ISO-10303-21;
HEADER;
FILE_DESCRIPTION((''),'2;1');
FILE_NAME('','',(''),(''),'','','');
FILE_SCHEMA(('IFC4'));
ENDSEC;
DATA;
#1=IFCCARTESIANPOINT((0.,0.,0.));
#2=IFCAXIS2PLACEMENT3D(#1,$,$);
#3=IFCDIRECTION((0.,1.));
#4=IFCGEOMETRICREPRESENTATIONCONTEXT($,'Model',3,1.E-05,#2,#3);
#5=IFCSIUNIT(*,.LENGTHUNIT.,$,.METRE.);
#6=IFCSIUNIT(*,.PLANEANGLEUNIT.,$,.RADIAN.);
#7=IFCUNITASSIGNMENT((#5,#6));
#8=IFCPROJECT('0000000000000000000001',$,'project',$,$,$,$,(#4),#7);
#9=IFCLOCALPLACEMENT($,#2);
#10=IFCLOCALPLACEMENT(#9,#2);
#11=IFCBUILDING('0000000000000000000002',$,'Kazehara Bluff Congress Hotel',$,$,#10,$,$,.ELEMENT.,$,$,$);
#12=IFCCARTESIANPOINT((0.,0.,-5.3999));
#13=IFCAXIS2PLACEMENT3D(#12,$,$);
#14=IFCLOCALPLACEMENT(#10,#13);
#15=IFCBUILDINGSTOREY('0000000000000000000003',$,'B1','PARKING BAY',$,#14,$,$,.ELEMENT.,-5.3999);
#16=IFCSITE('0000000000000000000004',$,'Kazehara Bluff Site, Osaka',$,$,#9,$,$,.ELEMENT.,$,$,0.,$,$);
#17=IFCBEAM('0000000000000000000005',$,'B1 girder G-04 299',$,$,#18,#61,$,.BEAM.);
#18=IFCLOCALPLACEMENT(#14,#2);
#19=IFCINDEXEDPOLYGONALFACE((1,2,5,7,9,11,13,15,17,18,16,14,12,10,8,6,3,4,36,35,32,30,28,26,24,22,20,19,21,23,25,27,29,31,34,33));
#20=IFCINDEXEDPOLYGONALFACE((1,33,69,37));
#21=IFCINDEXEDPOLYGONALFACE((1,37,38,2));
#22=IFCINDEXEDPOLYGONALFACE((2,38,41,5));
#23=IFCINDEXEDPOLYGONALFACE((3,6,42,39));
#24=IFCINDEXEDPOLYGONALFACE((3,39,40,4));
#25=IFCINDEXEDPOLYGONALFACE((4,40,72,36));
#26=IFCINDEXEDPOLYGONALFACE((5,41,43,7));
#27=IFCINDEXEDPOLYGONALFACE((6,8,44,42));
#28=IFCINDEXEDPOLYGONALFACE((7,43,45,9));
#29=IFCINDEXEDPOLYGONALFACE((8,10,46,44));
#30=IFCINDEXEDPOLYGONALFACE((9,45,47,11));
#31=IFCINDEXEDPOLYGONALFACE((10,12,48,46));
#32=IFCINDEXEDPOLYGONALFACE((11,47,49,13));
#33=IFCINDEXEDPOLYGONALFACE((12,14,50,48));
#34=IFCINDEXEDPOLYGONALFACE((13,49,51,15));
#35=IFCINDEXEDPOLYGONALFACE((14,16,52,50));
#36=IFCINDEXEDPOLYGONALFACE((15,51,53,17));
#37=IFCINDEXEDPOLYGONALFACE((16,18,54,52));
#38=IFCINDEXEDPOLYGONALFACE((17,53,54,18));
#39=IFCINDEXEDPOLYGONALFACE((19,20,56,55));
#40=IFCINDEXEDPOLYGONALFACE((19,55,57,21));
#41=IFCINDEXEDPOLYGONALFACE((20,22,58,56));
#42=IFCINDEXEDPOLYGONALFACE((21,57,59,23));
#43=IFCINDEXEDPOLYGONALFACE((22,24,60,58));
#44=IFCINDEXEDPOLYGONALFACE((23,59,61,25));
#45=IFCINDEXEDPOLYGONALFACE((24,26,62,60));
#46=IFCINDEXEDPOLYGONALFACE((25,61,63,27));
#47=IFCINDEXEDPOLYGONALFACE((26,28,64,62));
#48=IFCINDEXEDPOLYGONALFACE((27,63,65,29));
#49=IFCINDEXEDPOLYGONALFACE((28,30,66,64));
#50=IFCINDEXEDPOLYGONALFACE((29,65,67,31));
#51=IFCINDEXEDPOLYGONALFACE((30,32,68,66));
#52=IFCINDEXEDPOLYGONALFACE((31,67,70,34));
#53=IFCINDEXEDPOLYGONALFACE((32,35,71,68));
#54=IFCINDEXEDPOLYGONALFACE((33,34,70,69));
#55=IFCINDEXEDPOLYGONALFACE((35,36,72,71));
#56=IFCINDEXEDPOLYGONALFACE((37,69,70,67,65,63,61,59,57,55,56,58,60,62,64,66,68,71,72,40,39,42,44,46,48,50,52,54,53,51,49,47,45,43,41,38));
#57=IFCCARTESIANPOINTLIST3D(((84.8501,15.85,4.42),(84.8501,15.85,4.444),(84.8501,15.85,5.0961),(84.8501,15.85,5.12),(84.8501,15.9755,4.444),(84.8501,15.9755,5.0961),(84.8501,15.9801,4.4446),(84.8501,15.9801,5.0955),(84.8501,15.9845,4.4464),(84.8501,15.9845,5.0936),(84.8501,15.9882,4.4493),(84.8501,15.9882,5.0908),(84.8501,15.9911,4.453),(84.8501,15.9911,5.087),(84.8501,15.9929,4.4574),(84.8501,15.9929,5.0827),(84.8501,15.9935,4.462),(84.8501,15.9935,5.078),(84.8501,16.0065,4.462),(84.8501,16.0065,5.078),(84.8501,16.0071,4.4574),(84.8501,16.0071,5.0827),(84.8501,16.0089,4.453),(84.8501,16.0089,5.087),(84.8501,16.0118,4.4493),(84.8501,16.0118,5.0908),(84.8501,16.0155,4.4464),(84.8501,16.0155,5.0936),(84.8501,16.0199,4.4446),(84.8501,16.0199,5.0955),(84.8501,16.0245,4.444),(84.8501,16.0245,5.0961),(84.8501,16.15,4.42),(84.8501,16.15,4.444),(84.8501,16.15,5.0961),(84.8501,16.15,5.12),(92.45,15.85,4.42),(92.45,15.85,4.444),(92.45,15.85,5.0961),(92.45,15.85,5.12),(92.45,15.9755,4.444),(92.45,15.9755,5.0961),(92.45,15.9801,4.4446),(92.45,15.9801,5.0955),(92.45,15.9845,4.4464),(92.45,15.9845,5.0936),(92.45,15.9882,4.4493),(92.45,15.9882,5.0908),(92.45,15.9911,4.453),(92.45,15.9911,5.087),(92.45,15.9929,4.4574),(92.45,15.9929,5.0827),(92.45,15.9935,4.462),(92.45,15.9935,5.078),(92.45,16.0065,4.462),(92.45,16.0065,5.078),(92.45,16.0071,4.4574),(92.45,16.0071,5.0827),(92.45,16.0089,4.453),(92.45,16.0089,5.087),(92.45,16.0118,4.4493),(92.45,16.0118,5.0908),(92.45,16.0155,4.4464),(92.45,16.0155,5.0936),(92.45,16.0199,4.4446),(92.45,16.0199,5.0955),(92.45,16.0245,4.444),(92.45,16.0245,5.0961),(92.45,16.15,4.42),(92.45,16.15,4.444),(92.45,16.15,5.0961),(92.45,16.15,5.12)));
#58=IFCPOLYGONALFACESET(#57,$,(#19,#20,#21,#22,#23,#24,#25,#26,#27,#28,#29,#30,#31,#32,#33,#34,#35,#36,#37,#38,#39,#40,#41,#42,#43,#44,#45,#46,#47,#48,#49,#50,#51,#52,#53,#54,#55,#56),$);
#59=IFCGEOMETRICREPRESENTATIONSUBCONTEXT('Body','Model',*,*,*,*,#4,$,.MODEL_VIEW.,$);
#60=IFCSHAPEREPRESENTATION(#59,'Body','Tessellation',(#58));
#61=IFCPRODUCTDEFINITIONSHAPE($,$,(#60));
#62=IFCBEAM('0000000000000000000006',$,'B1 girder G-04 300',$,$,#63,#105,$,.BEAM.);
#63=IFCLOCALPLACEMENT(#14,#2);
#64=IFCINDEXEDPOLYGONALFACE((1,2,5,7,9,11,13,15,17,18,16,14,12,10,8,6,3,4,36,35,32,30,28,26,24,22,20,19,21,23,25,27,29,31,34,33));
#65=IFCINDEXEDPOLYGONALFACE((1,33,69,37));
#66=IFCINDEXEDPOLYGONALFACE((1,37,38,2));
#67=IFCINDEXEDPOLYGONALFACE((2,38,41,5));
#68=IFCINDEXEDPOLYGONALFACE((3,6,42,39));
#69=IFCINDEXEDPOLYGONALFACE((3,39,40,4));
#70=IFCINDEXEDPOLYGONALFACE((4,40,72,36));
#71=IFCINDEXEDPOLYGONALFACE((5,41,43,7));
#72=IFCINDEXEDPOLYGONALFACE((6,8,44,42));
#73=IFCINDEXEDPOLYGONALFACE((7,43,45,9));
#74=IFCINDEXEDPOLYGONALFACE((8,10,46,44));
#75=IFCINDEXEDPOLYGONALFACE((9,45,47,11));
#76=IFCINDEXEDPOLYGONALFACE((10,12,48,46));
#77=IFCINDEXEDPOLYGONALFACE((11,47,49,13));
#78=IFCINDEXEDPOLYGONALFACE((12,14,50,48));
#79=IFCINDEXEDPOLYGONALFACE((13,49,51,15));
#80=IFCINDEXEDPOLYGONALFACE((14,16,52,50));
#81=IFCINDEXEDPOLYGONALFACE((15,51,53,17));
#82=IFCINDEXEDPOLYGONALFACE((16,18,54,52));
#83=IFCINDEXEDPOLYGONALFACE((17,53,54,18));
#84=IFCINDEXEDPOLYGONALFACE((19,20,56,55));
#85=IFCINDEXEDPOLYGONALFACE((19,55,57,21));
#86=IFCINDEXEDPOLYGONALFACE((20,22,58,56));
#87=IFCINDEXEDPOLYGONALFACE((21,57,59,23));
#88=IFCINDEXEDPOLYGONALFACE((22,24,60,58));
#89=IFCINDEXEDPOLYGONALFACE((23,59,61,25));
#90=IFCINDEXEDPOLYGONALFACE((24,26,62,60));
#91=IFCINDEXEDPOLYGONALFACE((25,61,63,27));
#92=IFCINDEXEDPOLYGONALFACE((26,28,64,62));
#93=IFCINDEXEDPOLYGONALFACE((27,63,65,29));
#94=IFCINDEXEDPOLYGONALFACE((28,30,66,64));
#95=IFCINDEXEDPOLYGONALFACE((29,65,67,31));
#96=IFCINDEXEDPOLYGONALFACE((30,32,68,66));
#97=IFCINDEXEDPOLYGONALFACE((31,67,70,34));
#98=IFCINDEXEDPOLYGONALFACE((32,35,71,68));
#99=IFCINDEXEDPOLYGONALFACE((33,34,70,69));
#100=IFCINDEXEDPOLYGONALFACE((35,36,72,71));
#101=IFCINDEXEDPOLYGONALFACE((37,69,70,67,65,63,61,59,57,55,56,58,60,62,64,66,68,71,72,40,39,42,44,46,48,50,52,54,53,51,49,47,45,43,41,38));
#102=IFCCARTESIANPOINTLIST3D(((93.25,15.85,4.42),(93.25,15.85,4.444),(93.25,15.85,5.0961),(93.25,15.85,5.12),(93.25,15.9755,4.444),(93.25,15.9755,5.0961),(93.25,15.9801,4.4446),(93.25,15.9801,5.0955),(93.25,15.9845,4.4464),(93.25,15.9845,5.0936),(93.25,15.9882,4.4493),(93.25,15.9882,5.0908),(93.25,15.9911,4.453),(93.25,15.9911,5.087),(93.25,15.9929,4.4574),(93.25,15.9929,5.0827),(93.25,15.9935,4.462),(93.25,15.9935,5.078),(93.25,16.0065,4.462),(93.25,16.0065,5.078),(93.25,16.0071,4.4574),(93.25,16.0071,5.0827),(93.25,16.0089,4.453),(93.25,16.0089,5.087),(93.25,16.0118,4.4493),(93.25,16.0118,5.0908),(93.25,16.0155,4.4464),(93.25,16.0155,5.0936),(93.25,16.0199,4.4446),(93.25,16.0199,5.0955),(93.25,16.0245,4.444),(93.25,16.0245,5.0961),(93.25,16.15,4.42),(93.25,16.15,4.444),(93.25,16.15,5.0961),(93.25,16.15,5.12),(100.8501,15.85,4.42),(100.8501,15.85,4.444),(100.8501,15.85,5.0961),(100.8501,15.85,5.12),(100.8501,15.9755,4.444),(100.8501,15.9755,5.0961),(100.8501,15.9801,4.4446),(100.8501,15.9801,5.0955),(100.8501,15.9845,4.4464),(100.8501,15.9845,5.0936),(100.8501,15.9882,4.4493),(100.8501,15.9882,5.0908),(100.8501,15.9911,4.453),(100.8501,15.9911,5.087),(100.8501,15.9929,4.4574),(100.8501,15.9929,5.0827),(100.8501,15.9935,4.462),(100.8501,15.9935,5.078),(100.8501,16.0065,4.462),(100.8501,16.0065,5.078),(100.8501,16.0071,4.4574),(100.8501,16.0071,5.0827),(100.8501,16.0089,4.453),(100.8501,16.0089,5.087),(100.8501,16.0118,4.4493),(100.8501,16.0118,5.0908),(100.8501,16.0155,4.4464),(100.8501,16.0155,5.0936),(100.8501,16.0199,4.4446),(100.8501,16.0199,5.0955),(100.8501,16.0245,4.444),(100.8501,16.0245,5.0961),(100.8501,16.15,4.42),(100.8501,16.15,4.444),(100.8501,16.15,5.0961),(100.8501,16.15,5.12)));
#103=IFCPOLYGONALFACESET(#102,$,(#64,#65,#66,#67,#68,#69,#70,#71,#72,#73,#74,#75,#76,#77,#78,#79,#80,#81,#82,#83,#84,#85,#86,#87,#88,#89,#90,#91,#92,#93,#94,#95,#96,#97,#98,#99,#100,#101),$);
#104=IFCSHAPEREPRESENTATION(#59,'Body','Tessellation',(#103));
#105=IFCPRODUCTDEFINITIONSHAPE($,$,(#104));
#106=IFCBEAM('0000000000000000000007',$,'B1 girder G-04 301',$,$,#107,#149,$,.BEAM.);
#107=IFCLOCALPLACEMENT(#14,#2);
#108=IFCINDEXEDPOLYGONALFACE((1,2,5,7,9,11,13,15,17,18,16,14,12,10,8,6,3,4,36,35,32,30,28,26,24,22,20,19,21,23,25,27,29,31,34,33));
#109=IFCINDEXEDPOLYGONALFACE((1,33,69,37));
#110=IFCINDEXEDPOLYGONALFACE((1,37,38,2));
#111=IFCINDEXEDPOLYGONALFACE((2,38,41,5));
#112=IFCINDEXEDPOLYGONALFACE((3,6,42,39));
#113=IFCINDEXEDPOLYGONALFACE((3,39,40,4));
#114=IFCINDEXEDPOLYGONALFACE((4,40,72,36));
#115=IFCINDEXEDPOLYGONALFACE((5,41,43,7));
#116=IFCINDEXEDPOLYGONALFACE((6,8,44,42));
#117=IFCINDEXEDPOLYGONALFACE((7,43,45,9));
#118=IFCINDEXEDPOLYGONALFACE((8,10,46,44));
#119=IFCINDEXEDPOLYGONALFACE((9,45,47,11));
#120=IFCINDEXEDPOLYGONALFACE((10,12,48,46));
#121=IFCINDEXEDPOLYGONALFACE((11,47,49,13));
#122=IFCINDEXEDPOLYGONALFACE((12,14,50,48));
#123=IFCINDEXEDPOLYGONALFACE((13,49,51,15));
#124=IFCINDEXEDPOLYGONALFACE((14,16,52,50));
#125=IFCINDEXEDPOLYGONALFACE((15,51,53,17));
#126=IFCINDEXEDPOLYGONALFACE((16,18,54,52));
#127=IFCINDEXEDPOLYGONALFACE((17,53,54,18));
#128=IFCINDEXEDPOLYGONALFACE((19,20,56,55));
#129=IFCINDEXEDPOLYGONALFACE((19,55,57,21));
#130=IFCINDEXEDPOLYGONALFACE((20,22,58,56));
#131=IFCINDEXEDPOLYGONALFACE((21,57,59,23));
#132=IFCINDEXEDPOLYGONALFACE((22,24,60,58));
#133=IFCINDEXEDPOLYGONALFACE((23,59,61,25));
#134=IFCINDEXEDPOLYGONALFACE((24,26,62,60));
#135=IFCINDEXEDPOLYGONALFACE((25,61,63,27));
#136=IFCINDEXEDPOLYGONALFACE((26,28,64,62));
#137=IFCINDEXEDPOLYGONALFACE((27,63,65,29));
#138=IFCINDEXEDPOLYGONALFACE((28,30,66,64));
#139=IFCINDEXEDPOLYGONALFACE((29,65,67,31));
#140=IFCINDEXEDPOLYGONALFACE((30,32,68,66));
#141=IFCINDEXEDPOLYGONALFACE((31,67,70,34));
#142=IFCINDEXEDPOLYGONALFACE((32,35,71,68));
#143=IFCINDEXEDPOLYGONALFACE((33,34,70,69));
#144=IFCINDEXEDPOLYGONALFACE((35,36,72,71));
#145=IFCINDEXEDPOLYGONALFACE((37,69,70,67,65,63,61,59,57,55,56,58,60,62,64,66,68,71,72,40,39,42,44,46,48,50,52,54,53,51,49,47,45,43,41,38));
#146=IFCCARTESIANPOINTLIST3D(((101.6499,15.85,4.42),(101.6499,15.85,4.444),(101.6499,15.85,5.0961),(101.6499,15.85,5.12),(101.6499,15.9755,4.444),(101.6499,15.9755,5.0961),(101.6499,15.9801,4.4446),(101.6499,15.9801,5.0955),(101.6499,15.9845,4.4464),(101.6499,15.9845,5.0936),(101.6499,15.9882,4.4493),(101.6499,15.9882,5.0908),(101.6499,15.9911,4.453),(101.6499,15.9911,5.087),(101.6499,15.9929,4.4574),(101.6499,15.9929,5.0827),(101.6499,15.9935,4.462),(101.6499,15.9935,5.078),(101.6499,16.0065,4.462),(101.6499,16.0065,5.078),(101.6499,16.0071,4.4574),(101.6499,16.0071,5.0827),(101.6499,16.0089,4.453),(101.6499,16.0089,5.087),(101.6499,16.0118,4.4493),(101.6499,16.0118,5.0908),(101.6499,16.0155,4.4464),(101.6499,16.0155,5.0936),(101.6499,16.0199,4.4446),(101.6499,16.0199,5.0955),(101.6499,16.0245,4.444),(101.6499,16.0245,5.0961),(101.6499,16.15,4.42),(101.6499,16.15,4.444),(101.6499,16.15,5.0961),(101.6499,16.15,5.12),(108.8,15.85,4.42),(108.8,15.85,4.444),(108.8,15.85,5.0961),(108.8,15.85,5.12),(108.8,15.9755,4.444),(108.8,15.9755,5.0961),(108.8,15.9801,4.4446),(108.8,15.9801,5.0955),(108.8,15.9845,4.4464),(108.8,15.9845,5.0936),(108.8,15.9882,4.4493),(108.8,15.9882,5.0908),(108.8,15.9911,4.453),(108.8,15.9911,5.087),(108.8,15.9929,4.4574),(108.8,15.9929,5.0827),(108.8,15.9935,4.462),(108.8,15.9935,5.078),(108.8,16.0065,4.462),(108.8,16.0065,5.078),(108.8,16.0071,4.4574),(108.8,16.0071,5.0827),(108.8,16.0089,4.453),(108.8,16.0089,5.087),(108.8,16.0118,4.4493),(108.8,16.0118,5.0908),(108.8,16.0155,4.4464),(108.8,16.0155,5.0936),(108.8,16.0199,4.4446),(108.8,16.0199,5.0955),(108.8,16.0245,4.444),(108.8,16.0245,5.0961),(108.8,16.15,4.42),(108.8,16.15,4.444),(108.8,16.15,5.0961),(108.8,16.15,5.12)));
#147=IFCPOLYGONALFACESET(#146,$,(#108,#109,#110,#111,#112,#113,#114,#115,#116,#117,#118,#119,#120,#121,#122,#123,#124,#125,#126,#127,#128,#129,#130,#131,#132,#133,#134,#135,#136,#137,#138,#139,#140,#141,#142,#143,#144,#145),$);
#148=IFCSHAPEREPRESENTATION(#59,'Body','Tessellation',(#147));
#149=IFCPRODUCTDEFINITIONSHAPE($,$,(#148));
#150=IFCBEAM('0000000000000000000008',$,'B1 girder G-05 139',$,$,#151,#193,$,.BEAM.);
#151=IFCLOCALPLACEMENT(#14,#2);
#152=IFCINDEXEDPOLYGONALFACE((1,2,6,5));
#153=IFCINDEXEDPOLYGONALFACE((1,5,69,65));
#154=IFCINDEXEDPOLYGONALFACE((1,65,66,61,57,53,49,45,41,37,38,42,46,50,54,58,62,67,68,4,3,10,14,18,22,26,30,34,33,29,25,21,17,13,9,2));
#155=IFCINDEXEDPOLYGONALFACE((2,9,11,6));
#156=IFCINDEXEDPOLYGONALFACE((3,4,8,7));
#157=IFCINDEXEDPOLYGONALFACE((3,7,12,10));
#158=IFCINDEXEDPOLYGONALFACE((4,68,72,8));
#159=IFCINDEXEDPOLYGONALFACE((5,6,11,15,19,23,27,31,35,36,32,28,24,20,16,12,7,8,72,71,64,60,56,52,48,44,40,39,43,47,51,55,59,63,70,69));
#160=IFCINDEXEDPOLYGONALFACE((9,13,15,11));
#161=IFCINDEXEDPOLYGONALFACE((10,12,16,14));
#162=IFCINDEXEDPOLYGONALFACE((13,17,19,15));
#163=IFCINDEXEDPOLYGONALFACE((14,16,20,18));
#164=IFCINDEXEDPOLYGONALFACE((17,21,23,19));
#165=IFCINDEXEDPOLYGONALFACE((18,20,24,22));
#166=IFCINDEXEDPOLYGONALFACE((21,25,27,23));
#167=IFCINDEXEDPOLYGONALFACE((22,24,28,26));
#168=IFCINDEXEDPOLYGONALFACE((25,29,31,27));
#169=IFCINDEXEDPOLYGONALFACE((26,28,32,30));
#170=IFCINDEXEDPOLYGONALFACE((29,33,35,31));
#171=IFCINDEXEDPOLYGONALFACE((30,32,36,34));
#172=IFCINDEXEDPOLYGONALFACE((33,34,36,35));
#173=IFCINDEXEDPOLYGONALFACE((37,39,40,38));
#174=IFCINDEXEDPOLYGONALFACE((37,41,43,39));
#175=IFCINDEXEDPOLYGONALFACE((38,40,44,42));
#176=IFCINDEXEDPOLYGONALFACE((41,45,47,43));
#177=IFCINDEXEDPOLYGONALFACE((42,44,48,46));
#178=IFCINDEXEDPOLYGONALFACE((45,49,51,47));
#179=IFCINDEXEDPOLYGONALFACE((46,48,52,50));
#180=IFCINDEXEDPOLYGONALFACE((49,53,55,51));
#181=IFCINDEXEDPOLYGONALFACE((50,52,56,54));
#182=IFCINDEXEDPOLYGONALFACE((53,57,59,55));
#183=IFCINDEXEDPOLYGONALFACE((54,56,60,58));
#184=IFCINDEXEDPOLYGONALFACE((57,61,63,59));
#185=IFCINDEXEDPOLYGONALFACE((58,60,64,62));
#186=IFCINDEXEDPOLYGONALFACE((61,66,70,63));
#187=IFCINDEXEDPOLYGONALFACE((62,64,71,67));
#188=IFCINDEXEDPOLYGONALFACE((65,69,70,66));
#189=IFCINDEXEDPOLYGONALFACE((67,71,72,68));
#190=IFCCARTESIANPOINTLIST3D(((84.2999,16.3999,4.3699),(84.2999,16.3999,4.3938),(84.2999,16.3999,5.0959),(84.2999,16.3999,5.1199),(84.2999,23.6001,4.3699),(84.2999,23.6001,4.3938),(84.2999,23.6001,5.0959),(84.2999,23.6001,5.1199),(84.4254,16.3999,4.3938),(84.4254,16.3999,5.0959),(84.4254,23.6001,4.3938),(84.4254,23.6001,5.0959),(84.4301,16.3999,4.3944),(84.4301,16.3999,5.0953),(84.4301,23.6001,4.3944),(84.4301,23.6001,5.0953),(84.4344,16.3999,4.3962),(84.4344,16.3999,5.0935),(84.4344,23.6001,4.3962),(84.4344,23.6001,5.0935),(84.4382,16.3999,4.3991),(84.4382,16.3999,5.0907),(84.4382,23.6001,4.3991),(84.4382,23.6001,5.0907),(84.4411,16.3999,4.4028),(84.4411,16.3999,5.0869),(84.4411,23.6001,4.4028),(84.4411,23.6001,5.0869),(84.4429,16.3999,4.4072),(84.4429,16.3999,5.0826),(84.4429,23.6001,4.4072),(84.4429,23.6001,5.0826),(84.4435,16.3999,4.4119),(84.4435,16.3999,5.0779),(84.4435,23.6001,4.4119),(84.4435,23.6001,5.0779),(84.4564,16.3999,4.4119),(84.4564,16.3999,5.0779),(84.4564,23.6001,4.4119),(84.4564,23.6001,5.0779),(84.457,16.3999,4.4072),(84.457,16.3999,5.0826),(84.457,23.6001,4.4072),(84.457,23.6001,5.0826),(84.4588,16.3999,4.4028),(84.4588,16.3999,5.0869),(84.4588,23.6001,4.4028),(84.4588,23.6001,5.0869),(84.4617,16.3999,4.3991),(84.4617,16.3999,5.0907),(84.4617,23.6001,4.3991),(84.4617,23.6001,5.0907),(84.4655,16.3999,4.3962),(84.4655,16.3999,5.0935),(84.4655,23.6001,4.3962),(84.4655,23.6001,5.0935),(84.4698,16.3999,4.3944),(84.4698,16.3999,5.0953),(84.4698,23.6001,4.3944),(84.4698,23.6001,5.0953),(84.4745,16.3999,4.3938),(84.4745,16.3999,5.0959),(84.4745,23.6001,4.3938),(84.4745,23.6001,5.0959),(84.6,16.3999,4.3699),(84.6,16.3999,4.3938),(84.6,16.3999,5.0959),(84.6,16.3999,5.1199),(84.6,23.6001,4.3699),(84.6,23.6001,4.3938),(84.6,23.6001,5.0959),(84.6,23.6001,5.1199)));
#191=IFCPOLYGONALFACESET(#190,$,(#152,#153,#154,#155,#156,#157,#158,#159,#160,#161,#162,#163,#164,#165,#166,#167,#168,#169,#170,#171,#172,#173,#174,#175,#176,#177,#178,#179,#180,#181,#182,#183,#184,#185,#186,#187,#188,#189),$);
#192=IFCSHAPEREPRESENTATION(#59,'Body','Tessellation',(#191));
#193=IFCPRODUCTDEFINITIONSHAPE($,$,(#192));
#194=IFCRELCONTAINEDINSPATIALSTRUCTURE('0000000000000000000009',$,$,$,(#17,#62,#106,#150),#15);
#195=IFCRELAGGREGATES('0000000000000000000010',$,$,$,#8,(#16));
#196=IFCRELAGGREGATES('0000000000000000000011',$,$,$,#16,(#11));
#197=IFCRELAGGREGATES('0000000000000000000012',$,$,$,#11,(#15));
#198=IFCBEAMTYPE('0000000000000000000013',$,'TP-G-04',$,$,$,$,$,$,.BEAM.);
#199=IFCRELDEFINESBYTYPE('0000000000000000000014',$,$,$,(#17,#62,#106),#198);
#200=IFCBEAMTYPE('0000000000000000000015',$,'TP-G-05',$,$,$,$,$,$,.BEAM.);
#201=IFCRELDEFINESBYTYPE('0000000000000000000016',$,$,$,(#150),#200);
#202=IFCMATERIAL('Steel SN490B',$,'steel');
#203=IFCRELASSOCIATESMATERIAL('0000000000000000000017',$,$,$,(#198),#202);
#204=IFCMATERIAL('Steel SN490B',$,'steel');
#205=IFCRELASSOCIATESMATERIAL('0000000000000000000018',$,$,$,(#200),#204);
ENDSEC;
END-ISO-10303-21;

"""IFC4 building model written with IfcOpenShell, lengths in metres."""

from ifc_helpers import new_model, si_unit, direction, frame, origin, origin_2d, place, context, subcontext, project, spatial, i_section, extrude, material, material_profile, profile_set, type_object, element, save


model = new_model("IFC4")

# Units and contexts
model_context = context("Model", 3, precision=1e-05, world=origin(), true_north=direction((0.0, 1.0)))
body_context = subcontext(model_context, "Body", "Model", "MODEL_VIEW")
ifc_project = project(units=[si_unit("LENGTHUNIT", "METRE"), si_unit("PLANEANGLEUNIT", "RADIAN")], contexts=[model_context])

# Site, building, storey
site_placement = place(None, origin())
site = spatial("IfcSite", under=ifc_project, at=site_placement, Name="Kazehara Bluff Site, Osaka", CompositionType="ELEMENT", RefElevation=0.0)
building_placement = place(site_placement, origin())
building = spatial("IfcBuilding", under=site, at=building_placement, Name="Kazehara Bluff Congress Hotel", CompositionType="ELEMENT")
storey_placement = place(building_placement, frame((0.0, 0.0, -5.3999)))
storey = spatial("IfcBuildingStorey", under=building, at=storey_placement, Name="B1", Description="PARKING BAY", CompositionType="ELEMENT", Elevation=-5.3999)

# Beams
ifc_material_1 = material(Name="Steel SN490B", Category="steel")
ifc_material_profile_1 = material_profile(ifc_material_1, i_section(OverallWidth=0.3, OverallDepth=0.7, WebThickness=0.0129, FlangeThickness=0.0239, FilletRadius=0.0181, at=origin_2d()))
ifc_profile_set_1 = profile_set([ifc_material_profile_1], Name="Steel SN490B")
beam_type_1 = type_object("IfcBeamType", Name="TP-G-04", PredefinedType="BEAM", material=ifc_profile_set_1)
beam_1_placement = place(storey_placement, frame((84.8501, 16.0, 4.77), z_axis=(1.0, 0.0, 0.0), x_axis=(0.0, 1.0, 0.0)))
element("IfcBeam", 1, at=beam_1_placement, inside=storey, type_object=beam_type_1, Name="B1 girder G-04 299", PredefinedType="BEAM", context=body_context, shape_type="SweptSolid", body=[
    extrude(i_section(OverallWidth=0.3, OverallDepth=0.7, WebThickness=0.0129, FlangeThickness=0.0239, FilletRadius=0.0181, at=origin_2d()), origin(), (0.0, 0.0, 1.0), 7.5999),
])
beam_2_placement = place(storey_placement, frame((93.25, 16.0, 4.77), z_axis=(1.0, 0.0, 0.0), x_axis=(0.0, 1.0, 0.0)))
element("IfcBeam", 2, at=beam_2_placement, inside=storey, type_object=beam_type_1, Name="B1 girder G-04 300", PredefinedType="BEAM", context=body_context, shape_type="SweptSolid", body=[
    extrude(i_section(OverallWidth=0.3, OverallDepth=0.7, WebThickness=0.0129, FlangeThickness=0.0239, FilletRadius=0.0181, at=origin_2d()), origin(), (0.0, 0.0, 1.0), 7.6001),
])
beam_3_placement = place(storey_placement, frame((101.6499, 16.0, 4.77), z_axis=(1.0, 0.0, 0.0), x_axis=(0.0, 1.0, 0.0)))
element("IfcBeam", 3, at=beam_3_placement, inside=storey, type_object=beam_type_1, Name="B1 girder G-04 301", PredefinedType="BEAM", context=body_context, shape_type="SweptSolid", body=[
    extrude(i_section(OverallWidth=0.3, OverallDepth=0.7, WebThickness=0.0129, FlangeThickness=0.0239, FilletRadius=0.0181, at=origin_2d()), origin(), (0.0, 0.0, 1.0), 7.1501),
])
ifc_material_2 = material(Name="Steel SN490B", Category="steel")
ifc_material_profile_2 = material_profile(ifc_material_2, i_section(OverallWidth=0.3, OverallDepth=0.75, WebThickness=0.0129, FlangeThickness=0.0239, FilletRadius=0.0181, at=origin_2d()))
ifc_profile_set_2 = profile_set([ifc_material_profile_2], Name="Steel SN490B")
beam_type_2 = type_object("IfcBeamType", Name="TP-G-05", PredefinedType="BEAM", material=ifc_profile_set_2)
for number, where, z_axis, x_axis, name in (
    (4, (84.45, 16.3999, 4.7449), (0.0, 1.0, 0.0), (-1.0, 0.0, 0.0), "B1 girder G-05 139"),
):
    element("IfcBeam", number, at=place(storey_placement, frame(where, z_axis=z_axis, x_axis=x_axis)), inside=storey, type_object=beam_type_2, Name=name, PredefinedType="BEAM", context=body_context, shape_type="SweptSolid", body=[
        extrude(i_section(OverallWidth=0.3, OverallDepth=0.75, WebThickness=0.0129, FlangeThickness=0.0239, FilletRadius=0.0181, at=origin_2d()), origin(), (0.0, 0.0, 1.0), 7.2002),
    ])

save(model, "model.ifc")
